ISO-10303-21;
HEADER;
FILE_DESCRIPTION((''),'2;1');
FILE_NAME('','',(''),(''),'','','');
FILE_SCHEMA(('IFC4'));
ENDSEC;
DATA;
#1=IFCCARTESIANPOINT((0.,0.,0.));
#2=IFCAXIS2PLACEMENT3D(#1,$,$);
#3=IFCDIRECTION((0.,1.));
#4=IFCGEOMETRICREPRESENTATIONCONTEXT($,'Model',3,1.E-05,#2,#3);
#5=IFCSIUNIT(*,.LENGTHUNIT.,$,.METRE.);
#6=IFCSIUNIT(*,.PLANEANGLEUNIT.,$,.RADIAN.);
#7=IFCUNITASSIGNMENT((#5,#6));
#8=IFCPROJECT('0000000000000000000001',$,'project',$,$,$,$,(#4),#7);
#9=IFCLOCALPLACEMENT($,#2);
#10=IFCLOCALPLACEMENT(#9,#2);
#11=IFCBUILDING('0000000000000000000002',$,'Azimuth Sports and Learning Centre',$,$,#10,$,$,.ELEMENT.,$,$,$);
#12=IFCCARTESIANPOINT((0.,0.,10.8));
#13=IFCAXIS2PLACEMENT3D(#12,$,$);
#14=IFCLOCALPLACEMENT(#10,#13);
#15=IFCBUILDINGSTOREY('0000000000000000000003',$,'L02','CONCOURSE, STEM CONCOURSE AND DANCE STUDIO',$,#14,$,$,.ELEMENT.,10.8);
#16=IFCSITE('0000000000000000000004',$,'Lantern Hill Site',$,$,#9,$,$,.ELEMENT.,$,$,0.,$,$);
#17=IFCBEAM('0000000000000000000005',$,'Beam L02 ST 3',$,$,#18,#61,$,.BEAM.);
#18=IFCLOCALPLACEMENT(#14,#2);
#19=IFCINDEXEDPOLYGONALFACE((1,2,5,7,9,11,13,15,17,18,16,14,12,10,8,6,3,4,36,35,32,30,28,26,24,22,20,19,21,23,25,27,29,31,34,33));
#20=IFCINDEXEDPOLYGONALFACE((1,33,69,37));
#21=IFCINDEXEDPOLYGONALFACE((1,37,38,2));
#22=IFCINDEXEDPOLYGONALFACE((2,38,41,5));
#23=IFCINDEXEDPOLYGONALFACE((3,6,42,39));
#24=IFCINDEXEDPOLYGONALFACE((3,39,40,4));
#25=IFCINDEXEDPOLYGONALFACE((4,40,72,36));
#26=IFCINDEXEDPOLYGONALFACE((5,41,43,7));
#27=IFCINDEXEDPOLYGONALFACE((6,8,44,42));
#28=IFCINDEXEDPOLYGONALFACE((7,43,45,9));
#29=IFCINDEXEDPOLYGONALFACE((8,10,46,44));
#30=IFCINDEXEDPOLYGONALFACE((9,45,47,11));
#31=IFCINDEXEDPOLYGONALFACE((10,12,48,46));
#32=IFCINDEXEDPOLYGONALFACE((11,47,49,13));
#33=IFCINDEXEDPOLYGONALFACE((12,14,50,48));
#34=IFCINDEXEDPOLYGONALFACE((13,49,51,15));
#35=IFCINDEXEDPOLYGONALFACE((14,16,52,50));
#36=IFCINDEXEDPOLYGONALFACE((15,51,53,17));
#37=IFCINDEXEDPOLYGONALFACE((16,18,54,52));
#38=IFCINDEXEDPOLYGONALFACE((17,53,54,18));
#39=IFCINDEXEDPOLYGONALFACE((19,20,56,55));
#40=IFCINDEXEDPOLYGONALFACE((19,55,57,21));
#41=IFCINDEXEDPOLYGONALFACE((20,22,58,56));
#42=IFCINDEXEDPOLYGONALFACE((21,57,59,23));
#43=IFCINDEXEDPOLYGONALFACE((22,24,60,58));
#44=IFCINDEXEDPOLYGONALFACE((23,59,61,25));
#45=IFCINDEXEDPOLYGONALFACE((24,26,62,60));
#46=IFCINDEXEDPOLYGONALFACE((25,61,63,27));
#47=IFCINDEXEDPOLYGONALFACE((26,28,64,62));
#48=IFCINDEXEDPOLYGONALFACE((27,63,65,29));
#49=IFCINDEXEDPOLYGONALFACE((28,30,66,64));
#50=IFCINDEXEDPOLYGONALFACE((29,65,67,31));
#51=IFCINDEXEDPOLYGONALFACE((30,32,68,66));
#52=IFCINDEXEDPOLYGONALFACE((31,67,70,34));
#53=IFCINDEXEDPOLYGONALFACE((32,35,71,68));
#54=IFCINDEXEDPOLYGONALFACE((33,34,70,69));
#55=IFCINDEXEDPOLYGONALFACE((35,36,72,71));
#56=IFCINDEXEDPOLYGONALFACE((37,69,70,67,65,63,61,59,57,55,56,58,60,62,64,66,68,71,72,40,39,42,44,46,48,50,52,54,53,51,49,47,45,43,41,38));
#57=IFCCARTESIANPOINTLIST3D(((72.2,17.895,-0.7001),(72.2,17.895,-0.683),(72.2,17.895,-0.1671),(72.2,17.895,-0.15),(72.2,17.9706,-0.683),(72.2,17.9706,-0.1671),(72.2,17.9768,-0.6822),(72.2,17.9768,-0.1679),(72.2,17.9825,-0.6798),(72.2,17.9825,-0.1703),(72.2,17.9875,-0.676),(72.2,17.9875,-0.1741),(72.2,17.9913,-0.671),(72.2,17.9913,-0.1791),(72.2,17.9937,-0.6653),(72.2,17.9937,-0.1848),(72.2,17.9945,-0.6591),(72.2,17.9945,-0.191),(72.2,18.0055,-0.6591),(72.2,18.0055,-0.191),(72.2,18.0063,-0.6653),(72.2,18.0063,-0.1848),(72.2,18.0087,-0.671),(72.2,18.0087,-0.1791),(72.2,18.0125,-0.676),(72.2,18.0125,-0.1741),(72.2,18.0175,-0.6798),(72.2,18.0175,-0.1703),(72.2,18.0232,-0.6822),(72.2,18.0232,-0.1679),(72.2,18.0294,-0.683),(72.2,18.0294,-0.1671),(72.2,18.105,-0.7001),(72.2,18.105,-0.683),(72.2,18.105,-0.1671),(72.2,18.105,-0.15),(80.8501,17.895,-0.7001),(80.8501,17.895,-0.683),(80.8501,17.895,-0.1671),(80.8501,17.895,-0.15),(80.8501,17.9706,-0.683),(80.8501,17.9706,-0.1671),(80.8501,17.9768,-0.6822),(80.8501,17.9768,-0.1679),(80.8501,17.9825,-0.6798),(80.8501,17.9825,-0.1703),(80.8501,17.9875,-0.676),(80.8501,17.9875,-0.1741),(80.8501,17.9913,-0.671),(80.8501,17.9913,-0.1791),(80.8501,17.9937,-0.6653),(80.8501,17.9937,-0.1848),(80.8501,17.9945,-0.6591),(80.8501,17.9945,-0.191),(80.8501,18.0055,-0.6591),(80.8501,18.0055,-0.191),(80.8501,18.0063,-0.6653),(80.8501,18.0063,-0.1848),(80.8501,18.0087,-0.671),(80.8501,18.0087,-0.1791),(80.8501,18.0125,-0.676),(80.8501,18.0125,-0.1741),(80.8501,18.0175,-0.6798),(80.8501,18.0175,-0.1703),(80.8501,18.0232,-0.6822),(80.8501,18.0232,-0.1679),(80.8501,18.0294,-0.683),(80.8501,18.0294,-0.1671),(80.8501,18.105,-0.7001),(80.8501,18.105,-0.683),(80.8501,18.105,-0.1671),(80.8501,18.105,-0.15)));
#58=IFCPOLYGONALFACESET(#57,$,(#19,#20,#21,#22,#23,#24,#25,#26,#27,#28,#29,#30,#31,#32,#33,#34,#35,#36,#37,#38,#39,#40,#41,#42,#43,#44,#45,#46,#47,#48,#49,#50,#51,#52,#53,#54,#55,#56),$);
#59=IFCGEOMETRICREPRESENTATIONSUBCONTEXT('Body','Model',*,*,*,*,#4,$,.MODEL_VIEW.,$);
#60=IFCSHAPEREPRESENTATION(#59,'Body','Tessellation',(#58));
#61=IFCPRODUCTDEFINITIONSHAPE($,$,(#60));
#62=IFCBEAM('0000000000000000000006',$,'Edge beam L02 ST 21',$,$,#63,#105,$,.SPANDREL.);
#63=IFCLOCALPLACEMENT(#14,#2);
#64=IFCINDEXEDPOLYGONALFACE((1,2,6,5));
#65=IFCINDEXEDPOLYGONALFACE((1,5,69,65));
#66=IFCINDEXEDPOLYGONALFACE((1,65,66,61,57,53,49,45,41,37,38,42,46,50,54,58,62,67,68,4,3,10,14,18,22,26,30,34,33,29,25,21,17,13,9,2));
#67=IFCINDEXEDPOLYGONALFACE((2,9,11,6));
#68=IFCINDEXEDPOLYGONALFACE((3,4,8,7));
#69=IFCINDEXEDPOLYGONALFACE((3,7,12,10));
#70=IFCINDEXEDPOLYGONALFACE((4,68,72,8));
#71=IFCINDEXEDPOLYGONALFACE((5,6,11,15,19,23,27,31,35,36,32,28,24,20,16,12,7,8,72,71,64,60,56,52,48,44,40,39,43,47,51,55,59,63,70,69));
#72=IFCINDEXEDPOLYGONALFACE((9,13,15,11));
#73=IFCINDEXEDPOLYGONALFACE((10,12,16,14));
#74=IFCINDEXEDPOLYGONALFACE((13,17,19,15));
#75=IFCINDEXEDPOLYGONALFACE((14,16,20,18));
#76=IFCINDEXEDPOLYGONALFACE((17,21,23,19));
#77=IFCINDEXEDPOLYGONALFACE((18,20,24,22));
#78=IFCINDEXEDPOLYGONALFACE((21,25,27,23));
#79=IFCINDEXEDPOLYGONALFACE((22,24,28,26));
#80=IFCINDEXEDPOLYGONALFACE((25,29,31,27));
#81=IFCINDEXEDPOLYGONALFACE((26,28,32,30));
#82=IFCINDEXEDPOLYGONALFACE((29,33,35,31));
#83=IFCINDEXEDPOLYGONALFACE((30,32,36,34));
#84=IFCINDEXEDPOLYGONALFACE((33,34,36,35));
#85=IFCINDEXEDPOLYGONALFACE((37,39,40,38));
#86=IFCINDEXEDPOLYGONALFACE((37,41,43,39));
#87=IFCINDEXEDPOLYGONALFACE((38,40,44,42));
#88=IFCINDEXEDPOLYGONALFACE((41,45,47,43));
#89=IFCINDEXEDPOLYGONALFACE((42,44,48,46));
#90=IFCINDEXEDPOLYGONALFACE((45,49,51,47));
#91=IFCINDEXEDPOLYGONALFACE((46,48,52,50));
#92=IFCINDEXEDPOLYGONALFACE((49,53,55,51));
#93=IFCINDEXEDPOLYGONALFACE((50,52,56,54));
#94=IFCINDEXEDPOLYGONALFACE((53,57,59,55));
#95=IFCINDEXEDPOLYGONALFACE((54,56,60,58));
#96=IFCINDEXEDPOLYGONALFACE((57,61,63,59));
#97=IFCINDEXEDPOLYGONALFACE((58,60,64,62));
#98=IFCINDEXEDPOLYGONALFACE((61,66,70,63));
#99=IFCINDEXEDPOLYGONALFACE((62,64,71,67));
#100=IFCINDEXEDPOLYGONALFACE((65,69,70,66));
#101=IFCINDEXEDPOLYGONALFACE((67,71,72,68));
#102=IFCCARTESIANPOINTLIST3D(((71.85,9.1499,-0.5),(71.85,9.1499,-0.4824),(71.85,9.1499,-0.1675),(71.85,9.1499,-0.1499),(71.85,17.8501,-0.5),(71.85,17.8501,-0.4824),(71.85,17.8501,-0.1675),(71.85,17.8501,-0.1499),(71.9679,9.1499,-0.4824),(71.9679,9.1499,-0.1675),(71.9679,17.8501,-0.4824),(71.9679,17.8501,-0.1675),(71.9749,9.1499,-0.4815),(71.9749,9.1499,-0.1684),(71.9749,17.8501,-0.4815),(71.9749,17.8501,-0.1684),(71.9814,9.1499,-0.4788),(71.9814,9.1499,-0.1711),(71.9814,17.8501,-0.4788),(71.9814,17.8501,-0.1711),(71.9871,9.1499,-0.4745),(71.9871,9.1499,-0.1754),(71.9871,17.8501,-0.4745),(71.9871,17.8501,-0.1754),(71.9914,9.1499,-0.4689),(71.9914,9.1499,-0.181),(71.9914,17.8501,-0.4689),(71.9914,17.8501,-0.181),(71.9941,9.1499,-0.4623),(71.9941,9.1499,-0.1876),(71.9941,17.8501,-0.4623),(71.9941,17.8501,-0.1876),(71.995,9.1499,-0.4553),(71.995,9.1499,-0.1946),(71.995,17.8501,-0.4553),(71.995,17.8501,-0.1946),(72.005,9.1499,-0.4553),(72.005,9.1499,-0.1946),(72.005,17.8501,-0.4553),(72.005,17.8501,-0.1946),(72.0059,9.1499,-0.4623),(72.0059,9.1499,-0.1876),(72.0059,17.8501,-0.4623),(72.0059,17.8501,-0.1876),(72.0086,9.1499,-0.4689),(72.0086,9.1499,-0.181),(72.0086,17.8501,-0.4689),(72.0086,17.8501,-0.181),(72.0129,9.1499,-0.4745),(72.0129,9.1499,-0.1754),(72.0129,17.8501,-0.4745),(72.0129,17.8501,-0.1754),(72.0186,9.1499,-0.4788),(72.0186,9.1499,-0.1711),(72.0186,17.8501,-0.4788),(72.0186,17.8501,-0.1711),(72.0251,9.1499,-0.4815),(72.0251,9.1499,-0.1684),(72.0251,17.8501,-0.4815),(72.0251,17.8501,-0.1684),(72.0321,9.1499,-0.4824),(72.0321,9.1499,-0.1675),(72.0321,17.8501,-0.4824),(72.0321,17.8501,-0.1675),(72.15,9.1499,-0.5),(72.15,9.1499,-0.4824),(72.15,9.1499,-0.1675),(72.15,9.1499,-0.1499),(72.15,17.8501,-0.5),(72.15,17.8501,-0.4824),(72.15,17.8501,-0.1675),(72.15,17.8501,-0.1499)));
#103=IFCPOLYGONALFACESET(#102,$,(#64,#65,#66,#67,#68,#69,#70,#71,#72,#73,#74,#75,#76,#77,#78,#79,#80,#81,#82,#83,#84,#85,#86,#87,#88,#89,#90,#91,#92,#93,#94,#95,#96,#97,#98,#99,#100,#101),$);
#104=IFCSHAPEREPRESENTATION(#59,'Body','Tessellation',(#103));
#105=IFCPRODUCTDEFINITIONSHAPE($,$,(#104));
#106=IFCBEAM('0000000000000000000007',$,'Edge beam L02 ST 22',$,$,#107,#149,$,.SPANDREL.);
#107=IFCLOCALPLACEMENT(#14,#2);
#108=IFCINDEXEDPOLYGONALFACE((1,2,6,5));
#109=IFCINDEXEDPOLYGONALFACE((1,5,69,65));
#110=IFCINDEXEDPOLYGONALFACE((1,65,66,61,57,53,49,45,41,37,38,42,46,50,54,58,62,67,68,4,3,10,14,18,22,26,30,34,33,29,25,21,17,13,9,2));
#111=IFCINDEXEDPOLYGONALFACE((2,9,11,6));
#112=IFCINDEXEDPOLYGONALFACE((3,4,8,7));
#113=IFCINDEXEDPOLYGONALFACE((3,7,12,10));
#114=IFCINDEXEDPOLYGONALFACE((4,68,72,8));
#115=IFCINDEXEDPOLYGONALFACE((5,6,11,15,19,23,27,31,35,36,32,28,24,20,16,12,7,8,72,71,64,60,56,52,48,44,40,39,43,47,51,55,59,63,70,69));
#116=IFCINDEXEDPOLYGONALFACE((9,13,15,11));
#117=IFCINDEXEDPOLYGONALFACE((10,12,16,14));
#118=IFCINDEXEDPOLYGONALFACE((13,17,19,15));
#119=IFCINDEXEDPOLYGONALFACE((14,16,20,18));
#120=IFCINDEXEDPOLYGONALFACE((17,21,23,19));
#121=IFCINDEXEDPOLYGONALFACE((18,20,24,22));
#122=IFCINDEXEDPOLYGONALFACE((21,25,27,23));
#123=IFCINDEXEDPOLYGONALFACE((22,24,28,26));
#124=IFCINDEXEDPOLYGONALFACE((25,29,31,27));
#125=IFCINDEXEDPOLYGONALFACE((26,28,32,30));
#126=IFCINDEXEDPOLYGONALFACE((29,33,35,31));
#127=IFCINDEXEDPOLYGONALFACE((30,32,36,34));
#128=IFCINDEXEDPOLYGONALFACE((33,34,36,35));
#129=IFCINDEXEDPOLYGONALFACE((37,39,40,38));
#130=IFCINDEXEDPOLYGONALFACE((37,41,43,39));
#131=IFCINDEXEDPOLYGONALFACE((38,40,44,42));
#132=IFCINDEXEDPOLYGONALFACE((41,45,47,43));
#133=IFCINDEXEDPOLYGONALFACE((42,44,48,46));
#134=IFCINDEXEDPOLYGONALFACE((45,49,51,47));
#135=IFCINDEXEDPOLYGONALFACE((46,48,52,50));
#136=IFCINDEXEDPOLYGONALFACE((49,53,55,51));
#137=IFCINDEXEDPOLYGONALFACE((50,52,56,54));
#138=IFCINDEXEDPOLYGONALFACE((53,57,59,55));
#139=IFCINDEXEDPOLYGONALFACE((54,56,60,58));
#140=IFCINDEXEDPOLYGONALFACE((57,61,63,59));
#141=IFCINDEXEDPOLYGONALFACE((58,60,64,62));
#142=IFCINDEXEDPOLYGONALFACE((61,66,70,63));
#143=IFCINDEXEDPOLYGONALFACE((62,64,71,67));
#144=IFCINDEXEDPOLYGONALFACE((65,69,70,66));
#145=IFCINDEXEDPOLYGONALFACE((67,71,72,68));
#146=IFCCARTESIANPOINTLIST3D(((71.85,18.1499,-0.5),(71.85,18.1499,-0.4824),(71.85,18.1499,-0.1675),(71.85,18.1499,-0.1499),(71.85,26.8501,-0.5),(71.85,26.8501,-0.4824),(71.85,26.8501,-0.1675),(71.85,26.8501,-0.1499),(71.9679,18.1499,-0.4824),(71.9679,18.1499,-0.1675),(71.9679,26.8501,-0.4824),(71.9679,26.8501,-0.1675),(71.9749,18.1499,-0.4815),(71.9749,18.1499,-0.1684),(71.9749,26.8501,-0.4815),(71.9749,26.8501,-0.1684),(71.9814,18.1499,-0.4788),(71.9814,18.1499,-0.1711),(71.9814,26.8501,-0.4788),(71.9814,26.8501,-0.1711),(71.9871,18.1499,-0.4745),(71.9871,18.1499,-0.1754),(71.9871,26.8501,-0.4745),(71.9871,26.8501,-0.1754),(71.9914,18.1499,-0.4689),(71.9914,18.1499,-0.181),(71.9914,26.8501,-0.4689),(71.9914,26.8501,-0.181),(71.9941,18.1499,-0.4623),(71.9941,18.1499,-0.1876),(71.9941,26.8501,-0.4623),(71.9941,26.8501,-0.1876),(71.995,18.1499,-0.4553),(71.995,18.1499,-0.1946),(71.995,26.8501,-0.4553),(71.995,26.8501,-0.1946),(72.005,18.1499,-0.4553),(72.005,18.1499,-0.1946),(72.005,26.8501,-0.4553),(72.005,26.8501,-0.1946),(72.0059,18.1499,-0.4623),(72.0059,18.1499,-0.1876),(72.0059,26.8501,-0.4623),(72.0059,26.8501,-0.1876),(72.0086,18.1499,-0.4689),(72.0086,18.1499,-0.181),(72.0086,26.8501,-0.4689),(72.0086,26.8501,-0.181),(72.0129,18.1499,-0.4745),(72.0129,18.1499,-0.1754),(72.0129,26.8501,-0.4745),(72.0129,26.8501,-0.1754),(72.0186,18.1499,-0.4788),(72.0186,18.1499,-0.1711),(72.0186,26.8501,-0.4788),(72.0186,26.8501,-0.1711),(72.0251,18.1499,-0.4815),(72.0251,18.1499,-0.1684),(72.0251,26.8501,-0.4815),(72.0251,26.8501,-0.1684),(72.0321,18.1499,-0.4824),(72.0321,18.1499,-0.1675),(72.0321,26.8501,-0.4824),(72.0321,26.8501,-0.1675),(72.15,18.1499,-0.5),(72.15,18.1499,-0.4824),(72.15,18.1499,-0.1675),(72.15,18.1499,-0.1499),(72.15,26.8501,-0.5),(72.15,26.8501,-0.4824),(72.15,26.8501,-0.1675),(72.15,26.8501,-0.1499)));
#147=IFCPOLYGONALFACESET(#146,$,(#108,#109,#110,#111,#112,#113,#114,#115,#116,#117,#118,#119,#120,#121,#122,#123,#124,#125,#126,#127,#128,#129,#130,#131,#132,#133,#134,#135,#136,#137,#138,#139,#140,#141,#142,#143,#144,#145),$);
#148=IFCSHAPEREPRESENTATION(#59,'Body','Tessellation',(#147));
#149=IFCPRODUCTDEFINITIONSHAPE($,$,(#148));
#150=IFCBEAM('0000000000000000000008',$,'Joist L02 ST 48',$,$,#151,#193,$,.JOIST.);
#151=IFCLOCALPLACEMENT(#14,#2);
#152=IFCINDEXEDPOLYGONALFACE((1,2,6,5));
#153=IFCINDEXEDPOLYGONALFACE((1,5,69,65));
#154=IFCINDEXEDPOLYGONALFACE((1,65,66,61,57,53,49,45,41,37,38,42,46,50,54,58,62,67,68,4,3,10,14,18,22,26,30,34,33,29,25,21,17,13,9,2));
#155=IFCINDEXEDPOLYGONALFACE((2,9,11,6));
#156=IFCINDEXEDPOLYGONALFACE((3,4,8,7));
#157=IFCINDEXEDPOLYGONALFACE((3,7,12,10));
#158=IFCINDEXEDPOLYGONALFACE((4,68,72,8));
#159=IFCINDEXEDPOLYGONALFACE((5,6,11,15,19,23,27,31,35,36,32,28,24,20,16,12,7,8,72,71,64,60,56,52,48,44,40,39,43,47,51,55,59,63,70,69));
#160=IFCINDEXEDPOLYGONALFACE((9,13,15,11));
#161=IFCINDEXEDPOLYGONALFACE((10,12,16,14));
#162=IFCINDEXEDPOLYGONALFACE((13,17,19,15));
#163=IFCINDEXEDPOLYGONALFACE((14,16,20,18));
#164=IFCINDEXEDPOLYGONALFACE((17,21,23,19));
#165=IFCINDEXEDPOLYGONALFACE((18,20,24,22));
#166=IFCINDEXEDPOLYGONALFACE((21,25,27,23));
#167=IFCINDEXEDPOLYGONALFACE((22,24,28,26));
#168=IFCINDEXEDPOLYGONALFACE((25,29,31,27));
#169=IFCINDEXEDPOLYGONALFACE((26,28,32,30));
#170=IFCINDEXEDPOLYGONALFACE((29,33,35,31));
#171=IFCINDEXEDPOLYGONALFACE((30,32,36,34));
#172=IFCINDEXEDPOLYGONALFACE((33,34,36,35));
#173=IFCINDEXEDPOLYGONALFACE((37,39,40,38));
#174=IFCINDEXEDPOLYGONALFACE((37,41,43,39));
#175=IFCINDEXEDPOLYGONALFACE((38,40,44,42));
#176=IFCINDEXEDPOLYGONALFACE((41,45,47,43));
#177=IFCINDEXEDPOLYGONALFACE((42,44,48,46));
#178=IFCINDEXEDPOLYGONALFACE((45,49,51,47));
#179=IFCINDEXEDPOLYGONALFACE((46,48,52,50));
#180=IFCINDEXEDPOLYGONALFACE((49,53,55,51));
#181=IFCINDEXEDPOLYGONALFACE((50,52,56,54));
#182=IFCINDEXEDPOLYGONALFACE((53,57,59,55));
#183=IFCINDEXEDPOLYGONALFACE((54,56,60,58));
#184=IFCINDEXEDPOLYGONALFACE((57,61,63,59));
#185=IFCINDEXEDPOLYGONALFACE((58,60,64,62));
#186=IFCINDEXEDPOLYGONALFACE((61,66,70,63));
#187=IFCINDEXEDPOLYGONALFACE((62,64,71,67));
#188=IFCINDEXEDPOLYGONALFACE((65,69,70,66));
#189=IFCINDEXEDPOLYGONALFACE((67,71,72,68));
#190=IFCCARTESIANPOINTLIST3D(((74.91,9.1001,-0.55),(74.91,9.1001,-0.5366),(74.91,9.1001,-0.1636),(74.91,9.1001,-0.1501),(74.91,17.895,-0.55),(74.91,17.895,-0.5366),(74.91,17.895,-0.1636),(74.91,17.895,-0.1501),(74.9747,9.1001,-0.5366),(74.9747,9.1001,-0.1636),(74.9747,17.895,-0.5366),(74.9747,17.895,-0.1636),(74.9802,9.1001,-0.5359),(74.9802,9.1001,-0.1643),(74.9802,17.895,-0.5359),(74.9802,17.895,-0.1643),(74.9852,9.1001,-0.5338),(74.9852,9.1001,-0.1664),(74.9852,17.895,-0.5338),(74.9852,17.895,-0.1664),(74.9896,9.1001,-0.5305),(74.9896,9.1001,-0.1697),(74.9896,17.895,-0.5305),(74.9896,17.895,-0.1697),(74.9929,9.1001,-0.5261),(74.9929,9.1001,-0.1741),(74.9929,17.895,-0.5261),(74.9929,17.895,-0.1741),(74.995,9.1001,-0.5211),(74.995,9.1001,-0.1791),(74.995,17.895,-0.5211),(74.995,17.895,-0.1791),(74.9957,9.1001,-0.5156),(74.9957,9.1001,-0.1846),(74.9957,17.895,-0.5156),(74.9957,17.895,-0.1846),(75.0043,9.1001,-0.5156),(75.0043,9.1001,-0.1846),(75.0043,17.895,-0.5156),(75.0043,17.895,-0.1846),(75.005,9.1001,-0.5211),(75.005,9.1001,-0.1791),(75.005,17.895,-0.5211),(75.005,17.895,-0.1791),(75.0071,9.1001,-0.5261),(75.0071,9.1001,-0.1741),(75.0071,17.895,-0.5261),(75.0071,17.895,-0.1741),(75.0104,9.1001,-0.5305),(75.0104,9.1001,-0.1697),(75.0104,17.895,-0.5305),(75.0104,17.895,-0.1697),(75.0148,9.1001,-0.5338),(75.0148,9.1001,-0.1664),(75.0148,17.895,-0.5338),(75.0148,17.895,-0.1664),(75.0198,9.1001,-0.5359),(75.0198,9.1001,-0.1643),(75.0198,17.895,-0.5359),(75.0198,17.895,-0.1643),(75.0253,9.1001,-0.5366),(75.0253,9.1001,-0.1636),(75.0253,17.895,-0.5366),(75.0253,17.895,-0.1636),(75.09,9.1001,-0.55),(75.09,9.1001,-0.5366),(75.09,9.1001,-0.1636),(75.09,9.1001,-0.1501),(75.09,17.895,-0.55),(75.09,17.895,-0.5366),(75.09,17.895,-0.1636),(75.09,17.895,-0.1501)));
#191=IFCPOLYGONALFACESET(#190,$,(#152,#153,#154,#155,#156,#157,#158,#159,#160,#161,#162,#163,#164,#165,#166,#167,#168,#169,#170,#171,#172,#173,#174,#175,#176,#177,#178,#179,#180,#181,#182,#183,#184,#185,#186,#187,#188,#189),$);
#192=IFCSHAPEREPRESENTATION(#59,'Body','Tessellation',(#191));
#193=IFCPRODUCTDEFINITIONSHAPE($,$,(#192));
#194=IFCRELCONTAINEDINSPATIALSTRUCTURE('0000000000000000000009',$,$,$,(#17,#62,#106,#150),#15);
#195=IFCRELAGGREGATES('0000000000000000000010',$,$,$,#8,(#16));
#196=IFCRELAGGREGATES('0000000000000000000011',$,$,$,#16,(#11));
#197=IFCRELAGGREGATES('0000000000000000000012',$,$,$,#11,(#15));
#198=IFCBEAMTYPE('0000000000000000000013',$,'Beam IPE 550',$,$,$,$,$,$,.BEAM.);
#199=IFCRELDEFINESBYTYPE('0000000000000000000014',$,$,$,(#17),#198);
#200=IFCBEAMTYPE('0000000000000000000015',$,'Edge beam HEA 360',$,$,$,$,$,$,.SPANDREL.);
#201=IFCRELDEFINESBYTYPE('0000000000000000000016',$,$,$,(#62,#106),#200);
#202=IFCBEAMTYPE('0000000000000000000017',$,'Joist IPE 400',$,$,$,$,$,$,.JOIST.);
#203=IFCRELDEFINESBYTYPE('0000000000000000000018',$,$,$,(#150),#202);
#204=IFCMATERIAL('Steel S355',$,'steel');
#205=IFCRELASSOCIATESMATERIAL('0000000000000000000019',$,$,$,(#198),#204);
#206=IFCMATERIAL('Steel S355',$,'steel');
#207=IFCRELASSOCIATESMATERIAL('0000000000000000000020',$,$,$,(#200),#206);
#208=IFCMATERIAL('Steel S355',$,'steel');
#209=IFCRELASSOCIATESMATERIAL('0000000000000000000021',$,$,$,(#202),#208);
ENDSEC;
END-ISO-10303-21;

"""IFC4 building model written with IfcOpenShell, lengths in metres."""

from ifc_helpers import new_model, si_unit, direction, frame, origin, origin_2d, place, context, subcontext, project, spatial, i_section, extrude, material, material_profile, profile_set, type_object, element, save


model = new_model("IFC4")

# Units and contexts
model_context = context("Model", 3, precision=1e-05, world=origin(), true_north=direction((0.0, 1.0)))
body_context = subcontext(model_context, "Body", "Model", "MODEL_VIEW")
ifc_project = project(units=[si_unit("LENGTHUNIT", "METRE"), si_unit("PLANEANGLEUNIT", "RADIAN")], contexts=[model_context])

# Site, building, storey
site_placement = place(None, origin())
site = spatial("IfcSite", under=ifc_project, at=site_placement, Name="Lantern Hill Site", CompositionType="ELEMENT", RefElevation=0.0)
building_placement = place(site_placement, origin())
building = spatial("IfcBuilding", under=site, at=building_placement, Name="Azimuth Sports and Learning Centre", CompositionType="ELEMENT")
storey_placement = place(building_placement, frame((0.0, 0.0, 10.8)))
storey = spatial("IfcBuildingStorey", under=building, at=storey_placement, Name="L02", Description="CONCOURSE, STEM CONCOURSE AND DANCE STUDIO", CompositionType="ELEMENT", Elevation=10.8)

# Beams
ifc_material_1 = material(Name="Steel S355", Category="steel")
ifc_material_profile_1 = material_profile(ifc_material_1, i_section(OverallWidth=0.21, OverallDepth=0.55, WebThickness=0.011, FlangeThickness=0.0171, FilletRadius=0.0239, at=origin_2d()), Name="IPE 550")
ifc_profile_set_1 = profile_set([ifc_material_profile_1], Name="Steel S355")
beam_type_1 = type_object("IfcBeamType", Name="Beam IPE 550", PredefinedType="BEAM", material=ifc_profile_set_1)
beam_placement = place(storey_placement, frame((72.2, 18.0, -0.425), z_axis=(1.0, 0.0, 0.0), x_axis=(0.0, 1.0, 0.0)))
element("IfcBeam", 1, at=beam_placement, inside=storey, type_object=beam_type_1, Name="Beam L02 ST 3", PredefinedType="BEAM", context=body_context, shape_type="SweptSolid", body=[
    extrude(i_section(OverallWidth=0.21, OverallDepth=0.55, WebThickness=0.011, FlangeThickness=0.0171, FilletRadius=0.0239, at=origin_2d()), origin(), (0.0, 0.0, 1.0), 8.6501),
])
ifc_material_2 = material(Name="Steel S355", Category="steel")
ifc_material_profile_2 = material_profile(ifc_material_2, i_section(OverallWidth=0.3, OverallDepth=0.3501, WebThickness=0.01, FlangeThickness=0.0176, FilletRadius=0.0271, at=origin_2d()), Name="HEA 360")
ifc_profile_set_2 = profile_set([ifc_material_profile_2], Name="Steel S355")
beam_type_2 = type_object("IfcBeamType", Name="Edge beam HEA 360", PredefinedType="SPANDREL", material=ifc_profile_set_2)
for number, where, z_axis, x_axis, name in (
    (2, (72.0, 9.1499, -0.325), (0.0, 1.0, 0.0), (-1.0, 0.0, 0.0), "Edge beam L02 ST 21"),
    (3, (72.0, 18.1499, -0.325), (0.0, 1.0, 0.0), (-1.0, 0.0, 0.0), "Edge beam L02 ST 22"),
):
    element("IfcBeam", number, at=place(storey_placement, frame(where, z_axis=z_axis, x_axis=x_axis)), inside=storey, type_object=beam_type_2, Name=name, PredefinedType="SPANDREL", context=body_context, shape_type="SweptSolid", body=[
        extrude(i_section(OverallWidth=0.3, OverallDepth=0.3501, WebThickness=0.01, FlangeThickness=0.0176, FilletRadius=0.0271, at=origin_2d()), origin(), (0.0, 0.0, 1.0), 8.7002),
    ])
ifc_material_3 = material(Name="Steel S355", Category="steel")
ifc_material_profile_3 = material_profile(ifc_material_3, i_section(OverallWidth=0.1799, OverallDepth=0.3999, WebThickness=0.0085, FlangeThickness=0.0134, FilletRadius=0.021, at=origin_2d()), Name="IPE 400")
ifc_profile_set_3 = profile_set([ifc_material_profile_3], Name="Steel S355")
beam_type_3 = type_object("IfcBeamType", Name="Joist IPE 400", PredefinedType="JOIST", material=ifc_profile_set_3)
for number, where, z_axis, x_axis, name in (
    (4, (75.0, 9.1001, -0.3501), (0.0, 1.0, 0.0), (-1.0, 0.0, 0.0), "Joist L02 ST 48"),
):
    element("IfcBeam", number, at=place(storey_placement, frame(where, z_axis=z_axis, x_axis=x_axis)), inside=storey, type_object=beam_type_3, Name=name, PredefinedType="JOIST", context=body_context, shape_type="SweptSolid", body=[
        extrude(i_section(OverallWidth=0.1799, OverallDepth=0.3999, WebThickness=0.0085, FlangeThickness=0.0134, FilletRadius=0.021, at=origin_2d()), origin(), (0.0, 0.0, 1.0), 8.7949),
    ])

save(model, "model.ifc")
